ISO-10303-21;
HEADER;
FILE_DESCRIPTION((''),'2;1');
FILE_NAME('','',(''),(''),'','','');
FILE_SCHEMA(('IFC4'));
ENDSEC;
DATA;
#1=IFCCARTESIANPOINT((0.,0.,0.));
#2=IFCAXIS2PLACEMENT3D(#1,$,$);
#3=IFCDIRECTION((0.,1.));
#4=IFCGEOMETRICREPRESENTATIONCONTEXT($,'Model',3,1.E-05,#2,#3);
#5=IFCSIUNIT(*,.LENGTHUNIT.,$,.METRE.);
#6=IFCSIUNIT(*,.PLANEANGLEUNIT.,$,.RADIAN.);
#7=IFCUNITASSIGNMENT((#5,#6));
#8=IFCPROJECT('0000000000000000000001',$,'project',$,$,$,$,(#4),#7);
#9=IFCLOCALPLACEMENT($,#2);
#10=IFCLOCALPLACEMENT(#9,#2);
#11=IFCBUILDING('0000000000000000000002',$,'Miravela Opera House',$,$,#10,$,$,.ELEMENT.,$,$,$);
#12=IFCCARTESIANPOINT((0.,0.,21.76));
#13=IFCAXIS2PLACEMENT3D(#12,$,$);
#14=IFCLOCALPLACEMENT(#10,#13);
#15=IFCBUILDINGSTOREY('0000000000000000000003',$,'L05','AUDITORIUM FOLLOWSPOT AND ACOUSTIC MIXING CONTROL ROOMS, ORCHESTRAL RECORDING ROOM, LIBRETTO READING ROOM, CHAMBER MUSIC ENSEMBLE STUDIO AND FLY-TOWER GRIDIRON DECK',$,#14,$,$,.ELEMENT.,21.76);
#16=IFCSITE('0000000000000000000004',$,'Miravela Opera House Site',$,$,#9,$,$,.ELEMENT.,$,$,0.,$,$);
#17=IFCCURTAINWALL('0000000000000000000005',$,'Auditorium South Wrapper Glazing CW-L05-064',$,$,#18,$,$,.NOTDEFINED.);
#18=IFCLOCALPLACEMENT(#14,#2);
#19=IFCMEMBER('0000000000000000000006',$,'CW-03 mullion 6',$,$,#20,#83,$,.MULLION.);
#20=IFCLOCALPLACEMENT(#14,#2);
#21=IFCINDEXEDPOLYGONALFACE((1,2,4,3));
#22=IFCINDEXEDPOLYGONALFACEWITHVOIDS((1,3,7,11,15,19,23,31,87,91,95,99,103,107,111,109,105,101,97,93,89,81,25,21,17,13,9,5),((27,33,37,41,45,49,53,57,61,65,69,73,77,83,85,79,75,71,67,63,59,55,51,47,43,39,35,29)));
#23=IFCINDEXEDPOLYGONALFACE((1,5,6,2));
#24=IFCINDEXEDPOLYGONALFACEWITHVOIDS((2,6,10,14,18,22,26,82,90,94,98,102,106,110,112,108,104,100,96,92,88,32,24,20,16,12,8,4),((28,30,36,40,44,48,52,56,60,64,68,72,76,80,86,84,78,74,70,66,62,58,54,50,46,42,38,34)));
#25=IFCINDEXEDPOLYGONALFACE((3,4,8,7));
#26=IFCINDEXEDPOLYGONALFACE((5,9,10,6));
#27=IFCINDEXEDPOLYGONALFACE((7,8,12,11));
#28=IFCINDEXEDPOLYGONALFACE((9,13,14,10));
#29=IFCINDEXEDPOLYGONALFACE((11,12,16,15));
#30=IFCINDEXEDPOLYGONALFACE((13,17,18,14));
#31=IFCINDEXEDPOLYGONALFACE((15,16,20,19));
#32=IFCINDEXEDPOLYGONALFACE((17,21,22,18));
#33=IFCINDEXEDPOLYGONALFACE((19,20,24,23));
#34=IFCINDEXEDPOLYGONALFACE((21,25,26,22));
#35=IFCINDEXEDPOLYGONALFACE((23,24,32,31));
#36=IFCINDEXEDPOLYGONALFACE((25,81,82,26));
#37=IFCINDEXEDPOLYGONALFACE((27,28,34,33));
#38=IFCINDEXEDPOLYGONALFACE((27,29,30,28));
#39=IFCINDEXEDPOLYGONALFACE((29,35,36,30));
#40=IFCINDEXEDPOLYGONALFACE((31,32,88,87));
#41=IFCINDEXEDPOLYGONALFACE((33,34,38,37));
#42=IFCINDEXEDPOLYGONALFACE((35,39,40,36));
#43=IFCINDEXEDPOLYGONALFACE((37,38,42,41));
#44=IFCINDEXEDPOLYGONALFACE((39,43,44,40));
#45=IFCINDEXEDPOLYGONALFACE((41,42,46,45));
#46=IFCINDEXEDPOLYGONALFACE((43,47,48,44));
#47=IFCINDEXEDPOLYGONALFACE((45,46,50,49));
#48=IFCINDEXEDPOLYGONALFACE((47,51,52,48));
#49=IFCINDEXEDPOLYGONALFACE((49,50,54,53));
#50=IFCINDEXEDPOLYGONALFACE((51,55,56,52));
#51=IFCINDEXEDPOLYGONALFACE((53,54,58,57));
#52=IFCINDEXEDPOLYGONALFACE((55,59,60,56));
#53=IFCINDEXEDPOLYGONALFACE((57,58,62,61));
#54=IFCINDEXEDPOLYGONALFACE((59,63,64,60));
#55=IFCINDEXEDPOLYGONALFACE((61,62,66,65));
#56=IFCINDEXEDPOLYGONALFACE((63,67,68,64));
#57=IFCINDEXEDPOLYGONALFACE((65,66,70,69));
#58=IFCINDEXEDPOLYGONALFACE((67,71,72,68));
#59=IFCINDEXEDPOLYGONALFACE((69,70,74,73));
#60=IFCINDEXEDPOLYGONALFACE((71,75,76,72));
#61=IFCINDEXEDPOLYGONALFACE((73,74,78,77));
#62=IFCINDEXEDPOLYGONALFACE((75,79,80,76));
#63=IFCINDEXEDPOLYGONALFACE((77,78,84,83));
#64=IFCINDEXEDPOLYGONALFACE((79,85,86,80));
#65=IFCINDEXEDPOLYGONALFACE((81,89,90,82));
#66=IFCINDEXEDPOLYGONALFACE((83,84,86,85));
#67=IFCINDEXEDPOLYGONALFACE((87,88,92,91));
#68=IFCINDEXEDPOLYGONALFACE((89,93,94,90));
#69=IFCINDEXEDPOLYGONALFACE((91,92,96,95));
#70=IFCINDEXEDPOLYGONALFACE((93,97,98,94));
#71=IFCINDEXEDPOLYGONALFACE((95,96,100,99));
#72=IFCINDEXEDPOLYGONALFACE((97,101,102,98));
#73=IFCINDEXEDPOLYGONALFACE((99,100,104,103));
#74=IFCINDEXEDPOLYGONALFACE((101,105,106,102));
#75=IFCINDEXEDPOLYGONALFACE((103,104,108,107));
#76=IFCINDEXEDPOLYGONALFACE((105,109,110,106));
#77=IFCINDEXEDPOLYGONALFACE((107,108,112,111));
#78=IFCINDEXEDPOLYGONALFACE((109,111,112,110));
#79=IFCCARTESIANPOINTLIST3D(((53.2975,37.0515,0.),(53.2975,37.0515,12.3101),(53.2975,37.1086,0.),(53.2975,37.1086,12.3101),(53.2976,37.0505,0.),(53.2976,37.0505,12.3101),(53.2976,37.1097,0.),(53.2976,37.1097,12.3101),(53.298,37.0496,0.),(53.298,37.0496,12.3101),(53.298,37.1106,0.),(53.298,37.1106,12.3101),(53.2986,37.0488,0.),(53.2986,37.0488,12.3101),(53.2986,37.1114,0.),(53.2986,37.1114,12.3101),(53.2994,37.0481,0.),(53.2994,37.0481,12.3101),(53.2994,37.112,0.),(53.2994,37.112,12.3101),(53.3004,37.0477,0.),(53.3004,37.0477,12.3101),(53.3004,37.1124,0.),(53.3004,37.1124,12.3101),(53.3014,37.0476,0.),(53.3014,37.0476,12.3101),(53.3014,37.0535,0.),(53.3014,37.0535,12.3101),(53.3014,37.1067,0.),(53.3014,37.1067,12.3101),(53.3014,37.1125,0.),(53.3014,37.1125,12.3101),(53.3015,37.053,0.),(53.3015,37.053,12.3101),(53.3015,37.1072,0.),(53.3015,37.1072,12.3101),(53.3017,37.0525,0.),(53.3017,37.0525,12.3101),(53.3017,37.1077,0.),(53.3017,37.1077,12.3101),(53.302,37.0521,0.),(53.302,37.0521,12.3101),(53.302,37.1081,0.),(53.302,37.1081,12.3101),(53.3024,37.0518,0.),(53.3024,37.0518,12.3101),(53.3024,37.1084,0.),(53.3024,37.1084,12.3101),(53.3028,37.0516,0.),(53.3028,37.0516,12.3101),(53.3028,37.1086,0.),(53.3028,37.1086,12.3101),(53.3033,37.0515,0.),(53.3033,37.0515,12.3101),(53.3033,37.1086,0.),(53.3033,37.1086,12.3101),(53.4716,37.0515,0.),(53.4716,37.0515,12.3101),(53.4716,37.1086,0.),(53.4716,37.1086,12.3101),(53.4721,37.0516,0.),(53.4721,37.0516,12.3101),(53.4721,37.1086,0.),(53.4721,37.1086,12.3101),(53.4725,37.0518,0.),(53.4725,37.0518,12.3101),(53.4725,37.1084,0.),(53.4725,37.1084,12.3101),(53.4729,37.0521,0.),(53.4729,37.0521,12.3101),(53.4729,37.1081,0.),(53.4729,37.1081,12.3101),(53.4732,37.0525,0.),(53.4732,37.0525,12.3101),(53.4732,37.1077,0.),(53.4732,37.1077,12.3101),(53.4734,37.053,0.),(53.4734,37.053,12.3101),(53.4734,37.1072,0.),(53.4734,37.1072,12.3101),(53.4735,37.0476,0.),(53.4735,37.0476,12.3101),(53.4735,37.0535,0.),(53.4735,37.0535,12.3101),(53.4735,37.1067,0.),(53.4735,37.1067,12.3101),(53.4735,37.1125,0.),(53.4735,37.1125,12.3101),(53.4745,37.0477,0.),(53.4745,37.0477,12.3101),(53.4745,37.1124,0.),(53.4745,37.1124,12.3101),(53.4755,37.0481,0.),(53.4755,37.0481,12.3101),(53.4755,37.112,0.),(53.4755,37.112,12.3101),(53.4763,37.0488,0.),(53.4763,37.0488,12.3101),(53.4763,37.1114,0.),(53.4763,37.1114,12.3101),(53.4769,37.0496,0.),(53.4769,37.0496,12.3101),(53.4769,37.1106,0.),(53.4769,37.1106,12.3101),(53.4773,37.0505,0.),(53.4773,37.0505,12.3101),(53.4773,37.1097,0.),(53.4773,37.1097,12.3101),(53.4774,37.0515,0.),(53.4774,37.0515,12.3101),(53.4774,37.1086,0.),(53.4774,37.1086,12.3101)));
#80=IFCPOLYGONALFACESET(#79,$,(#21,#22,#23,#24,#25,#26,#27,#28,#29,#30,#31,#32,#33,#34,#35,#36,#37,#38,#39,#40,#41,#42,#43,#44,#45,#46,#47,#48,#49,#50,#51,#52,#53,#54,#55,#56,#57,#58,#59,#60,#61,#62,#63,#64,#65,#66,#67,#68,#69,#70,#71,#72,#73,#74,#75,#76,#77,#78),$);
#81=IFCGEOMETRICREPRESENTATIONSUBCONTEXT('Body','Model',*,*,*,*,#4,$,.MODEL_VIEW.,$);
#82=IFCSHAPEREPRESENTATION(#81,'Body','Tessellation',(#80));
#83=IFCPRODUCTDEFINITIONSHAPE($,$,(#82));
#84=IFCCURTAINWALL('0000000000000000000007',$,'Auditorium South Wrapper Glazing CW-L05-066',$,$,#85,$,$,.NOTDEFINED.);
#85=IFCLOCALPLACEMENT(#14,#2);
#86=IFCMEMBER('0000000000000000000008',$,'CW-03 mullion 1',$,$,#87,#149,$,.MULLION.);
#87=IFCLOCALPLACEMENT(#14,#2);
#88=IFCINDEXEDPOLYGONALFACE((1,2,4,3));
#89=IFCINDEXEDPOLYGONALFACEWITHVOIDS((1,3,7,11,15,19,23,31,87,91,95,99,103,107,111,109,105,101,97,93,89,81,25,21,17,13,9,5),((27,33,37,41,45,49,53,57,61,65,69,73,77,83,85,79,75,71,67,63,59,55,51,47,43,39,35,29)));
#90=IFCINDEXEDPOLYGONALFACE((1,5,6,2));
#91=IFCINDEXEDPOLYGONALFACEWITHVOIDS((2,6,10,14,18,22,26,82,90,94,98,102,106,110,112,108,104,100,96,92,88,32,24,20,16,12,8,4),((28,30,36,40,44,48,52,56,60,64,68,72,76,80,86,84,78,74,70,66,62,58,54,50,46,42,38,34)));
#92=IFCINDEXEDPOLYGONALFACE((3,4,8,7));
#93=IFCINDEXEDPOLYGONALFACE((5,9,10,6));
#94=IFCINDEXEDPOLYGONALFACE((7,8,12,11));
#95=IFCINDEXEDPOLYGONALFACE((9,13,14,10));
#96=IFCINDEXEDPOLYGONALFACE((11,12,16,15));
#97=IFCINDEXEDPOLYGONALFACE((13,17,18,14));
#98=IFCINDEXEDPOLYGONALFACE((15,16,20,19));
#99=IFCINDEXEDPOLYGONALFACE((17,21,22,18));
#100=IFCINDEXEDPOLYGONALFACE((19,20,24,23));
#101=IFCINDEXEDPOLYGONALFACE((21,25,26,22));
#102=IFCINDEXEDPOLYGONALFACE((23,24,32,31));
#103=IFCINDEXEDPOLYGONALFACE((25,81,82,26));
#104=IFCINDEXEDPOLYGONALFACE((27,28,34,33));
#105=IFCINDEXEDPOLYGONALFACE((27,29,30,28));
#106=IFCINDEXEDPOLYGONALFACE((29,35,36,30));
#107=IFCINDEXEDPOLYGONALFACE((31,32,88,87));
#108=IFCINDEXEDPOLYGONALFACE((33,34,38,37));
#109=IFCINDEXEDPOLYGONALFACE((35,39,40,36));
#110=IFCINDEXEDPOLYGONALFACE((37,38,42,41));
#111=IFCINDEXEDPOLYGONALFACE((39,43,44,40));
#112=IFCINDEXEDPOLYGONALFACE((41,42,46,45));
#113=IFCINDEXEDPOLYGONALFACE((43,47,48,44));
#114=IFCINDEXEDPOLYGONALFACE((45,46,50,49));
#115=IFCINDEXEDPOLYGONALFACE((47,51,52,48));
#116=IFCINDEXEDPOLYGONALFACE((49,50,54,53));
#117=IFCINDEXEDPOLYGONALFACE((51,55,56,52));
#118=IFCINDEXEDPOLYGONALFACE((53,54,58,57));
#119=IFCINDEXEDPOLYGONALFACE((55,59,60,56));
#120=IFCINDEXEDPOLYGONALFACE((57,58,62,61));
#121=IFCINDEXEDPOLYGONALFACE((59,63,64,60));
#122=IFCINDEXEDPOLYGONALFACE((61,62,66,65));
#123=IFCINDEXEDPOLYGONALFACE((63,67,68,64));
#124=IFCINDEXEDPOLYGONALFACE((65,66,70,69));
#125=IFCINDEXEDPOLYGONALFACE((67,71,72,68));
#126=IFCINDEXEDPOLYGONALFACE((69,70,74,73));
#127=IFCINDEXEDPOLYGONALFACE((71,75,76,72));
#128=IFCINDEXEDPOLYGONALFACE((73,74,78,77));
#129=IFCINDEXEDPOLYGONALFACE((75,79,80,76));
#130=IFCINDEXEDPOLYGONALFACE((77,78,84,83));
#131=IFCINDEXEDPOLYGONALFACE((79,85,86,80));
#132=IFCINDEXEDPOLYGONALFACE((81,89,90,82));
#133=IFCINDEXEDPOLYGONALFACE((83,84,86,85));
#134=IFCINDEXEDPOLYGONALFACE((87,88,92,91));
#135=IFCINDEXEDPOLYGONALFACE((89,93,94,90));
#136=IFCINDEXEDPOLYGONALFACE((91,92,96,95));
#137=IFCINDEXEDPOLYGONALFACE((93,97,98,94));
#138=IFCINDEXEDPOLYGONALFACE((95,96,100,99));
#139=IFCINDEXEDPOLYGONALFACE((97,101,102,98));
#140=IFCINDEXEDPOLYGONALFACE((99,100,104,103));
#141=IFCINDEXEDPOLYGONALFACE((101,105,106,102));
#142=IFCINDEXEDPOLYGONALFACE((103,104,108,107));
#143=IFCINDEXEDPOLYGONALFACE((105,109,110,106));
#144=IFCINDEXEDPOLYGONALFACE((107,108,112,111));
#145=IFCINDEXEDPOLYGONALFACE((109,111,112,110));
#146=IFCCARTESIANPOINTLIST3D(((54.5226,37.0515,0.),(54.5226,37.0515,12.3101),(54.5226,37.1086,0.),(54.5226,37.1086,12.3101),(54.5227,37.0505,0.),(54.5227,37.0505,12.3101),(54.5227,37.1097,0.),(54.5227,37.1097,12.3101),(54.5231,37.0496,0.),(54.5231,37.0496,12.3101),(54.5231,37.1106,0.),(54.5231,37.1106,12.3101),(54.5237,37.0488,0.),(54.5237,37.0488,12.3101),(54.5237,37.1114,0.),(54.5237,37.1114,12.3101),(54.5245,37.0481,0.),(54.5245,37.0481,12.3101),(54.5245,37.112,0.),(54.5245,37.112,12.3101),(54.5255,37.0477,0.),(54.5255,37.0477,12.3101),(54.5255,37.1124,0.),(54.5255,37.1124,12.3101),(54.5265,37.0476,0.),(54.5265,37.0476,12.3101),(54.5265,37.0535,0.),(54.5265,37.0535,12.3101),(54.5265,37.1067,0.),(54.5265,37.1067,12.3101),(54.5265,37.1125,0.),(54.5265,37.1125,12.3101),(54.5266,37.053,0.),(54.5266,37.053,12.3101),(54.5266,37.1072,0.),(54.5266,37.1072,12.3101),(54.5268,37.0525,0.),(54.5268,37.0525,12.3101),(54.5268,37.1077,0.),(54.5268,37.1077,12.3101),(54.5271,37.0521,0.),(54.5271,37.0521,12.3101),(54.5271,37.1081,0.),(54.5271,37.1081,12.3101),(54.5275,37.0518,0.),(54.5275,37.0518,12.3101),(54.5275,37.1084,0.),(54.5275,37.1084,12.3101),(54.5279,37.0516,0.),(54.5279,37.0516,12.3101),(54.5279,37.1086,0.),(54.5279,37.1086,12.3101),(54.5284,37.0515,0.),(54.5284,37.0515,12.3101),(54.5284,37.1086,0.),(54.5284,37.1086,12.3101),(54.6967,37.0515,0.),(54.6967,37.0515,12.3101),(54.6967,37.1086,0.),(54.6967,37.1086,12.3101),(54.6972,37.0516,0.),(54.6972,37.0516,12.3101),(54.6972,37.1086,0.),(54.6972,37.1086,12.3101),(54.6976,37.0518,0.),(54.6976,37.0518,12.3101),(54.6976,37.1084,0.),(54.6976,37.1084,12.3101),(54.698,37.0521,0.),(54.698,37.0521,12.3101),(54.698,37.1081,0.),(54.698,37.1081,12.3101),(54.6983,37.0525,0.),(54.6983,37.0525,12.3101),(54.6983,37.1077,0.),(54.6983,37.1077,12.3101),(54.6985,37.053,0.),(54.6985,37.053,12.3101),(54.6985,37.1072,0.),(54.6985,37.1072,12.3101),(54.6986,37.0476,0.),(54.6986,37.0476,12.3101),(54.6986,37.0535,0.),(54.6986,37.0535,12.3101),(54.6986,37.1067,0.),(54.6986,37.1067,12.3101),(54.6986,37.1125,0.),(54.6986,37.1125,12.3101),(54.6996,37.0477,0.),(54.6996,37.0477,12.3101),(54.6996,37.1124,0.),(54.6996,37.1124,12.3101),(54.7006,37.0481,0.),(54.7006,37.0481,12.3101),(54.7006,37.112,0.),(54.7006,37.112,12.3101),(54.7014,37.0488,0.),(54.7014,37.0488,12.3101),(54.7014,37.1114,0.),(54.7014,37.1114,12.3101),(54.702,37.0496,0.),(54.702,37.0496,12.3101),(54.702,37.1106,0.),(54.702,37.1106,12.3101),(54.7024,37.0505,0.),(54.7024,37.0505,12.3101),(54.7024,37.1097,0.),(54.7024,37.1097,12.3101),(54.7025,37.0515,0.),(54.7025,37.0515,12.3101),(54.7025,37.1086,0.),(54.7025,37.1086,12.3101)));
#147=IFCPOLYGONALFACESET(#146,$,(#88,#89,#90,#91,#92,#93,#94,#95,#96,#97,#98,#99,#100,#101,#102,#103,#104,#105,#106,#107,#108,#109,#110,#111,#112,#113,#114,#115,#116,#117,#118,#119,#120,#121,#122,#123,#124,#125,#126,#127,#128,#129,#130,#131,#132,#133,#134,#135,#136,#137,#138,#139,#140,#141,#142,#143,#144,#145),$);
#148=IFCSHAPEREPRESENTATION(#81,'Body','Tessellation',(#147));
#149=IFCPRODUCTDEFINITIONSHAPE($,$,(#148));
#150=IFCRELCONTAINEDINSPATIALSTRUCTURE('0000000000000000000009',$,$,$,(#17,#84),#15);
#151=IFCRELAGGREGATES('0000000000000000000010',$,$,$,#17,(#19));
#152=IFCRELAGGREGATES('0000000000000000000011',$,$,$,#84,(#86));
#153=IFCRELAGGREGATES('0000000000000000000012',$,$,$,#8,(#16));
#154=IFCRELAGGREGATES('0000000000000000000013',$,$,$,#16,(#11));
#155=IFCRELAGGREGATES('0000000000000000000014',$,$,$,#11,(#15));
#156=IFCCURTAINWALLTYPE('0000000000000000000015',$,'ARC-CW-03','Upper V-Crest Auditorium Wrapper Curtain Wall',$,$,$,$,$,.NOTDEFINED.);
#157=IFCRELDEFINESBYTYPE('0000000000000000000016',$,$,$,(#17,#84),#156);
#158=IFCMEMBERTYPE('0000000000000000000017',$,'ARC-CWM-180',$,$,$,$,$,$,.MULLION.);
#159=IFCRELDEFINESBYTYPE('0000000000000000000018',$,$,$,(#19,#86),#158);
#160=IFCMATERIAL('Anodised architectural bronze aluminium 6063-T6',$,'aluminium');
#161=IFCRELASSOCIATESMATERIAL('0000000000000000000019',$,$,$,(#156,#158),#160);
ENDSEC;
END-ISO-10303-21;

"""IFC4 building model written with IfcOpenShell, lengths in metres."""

from ifc_helpers import new_model, si_unit, direction, frame, origin, origin_2d, place, context, subcontext, project, spatial, hollow_rectangle, extrude, material, material_profile, profile_set, type_object, element, aggregate, save


model = new_model("IFC4")

# Units and contexts
model_context = context("Model", 3, precision=1e-05, world=origin(), true_north=direction((0.0, 1.0)))
body_context = subcontext(model_context, "Body", "Model", "MODEL_VIEW")
ifc_project = project(units=[si_unit("LENGTHUNIT", "METRE"), si_unit("PLANEANGLEUNIT", "RADIAN")], contexts=[model_context])

# Site, building, storey
site_placement = place(None, origin())
site = spatial("IfcSite", under=ifc_project, at=site_placement, Name="Miravela Opera House Site", CompositionType="ELEMENT", RefElevation=0.0)
building_placement = place(site_placement, origin())
building = spatial("IfcBuilding", under=site, at=building_placement, Name="Miravela Opera House", CompositionType="ELEMENT")
storey_placement = place(building_placement, frame((0.0, 0.0, 21.76)))
storey = spatial("IfcBuildingStorey", under=building, at=storey_placement, Name="L05", Description="AUDITORIUM FOLLOWSPOT AND ACOUSTIC MIXING CONTROL ROOMS, ORCHESTRAL RECORDING ROOM, LIBRETTO READING ROOM, CHAMBER MUSIC ENSEMBLE STUDIO AND FLY-TOWER GRIDIRON DECK", CompositionType="ELEMENT", Elevation=21.76)

# Curtain wall, member
ifc_material_1 = material(Name="Anodised architectural bronze aluminium 6063-T6", Category="aluminium")
curtain_wall_type = type_object("IfcCurtainWallType", Name="ARC-CW-03", Description="Upper V-Crest Auditorium Wrapper Curtain Wall", PredefinedType="NOTDEFINED", material=ifc_material_1)
curtain_wall_1_placement = place(storey_placement, origin())
curtain_wall_1 = element("IfcCurtainWall", 1, at=curtain_wall_1_placement, inside=storey, type_object=curtain_wall_type, Name="Auditorium South Wrapper Glazing CW-L05-064", PredefinedType="NOTDEFINED")
ifc_material_profile_1 = material_profile(ifc_material_1, hollow_rectangle(XDim=0.0649, YDim=0.1799, WallThickness=0.0039, InnerFilletRadius=0.002, OuterFilletRadius=0.0039, at=origin_2d()), Name="CWM-65X180")
ifc_profile_set_1 = profile_set([ifc_material_profile_1])
member_type_1 = type_object("IfcMemberType", Name="ARC-CWM-180", PredefinedType="MULLION", material=ifc_profile_set_1)
member_1_placement = place(storey_placement, frame((53.3875, 37.0801, 0.0), z_axis=(0.0, 0.0, 1.0), x_axis=(0.0, 1.0, 0.0)))
member_1 = element("IfcMember", 2, at=member_1_placement, type_object=member_type_1, Name="CW-03 mullion 6", PredefinedType="MULLION", context=body_context, shape_type="SweptSolid", body=[
    extrude(hollow_rectangle(XDim=0.0649, YDim=0.1799, WallThickness=0.0039, InnerFilletRadius=0.002, OuterFilletRadius=0.0039, at=origin_2d()), origin(), (0.0, 0.0, 1.0), 12.3101),
])

# Curtain wall, member
curtain_wall_2_placement = place(storey_placement, origin())
curtain_wall_2 = element("IfcCurtainWall", 3, at=curtain_wall_2_placement, inside=storey, type_object=curtain_wall_type, Name="Auditorium South Wrapper Glazing CW-L05-066", PredefinedType="NOTDEFINED")
member_2_placement = place(storey_placement, frame((54.6125, 37.0801, 0.0), z_axis=(0.0, 0.0, 1.0), x_axis=(0.0, 1.0, 0.0)))
member_2 = element("IfcMember", 4, at=member_2_placement, type_object=member_type_1, Name="CW-03 mullion 1", PredefinedType="MULLION", context=body_context, shape_type="SweptSolid", body=[
    extrude(hollow_rectangle(XDim=0.0649, YDim=0.1799, WallThickness=0.0039, InnerFilletRadius=0.002, OuterFilletRadius=0.0039, at=origin_2d()), origin(), (0.0, 0.0, 1.0), 12.3101),
])

aggregate(curtain_wall_1, [member_1])
aggregate(curtain_wall_2, [member_2])

save(model, "model.ifc")
